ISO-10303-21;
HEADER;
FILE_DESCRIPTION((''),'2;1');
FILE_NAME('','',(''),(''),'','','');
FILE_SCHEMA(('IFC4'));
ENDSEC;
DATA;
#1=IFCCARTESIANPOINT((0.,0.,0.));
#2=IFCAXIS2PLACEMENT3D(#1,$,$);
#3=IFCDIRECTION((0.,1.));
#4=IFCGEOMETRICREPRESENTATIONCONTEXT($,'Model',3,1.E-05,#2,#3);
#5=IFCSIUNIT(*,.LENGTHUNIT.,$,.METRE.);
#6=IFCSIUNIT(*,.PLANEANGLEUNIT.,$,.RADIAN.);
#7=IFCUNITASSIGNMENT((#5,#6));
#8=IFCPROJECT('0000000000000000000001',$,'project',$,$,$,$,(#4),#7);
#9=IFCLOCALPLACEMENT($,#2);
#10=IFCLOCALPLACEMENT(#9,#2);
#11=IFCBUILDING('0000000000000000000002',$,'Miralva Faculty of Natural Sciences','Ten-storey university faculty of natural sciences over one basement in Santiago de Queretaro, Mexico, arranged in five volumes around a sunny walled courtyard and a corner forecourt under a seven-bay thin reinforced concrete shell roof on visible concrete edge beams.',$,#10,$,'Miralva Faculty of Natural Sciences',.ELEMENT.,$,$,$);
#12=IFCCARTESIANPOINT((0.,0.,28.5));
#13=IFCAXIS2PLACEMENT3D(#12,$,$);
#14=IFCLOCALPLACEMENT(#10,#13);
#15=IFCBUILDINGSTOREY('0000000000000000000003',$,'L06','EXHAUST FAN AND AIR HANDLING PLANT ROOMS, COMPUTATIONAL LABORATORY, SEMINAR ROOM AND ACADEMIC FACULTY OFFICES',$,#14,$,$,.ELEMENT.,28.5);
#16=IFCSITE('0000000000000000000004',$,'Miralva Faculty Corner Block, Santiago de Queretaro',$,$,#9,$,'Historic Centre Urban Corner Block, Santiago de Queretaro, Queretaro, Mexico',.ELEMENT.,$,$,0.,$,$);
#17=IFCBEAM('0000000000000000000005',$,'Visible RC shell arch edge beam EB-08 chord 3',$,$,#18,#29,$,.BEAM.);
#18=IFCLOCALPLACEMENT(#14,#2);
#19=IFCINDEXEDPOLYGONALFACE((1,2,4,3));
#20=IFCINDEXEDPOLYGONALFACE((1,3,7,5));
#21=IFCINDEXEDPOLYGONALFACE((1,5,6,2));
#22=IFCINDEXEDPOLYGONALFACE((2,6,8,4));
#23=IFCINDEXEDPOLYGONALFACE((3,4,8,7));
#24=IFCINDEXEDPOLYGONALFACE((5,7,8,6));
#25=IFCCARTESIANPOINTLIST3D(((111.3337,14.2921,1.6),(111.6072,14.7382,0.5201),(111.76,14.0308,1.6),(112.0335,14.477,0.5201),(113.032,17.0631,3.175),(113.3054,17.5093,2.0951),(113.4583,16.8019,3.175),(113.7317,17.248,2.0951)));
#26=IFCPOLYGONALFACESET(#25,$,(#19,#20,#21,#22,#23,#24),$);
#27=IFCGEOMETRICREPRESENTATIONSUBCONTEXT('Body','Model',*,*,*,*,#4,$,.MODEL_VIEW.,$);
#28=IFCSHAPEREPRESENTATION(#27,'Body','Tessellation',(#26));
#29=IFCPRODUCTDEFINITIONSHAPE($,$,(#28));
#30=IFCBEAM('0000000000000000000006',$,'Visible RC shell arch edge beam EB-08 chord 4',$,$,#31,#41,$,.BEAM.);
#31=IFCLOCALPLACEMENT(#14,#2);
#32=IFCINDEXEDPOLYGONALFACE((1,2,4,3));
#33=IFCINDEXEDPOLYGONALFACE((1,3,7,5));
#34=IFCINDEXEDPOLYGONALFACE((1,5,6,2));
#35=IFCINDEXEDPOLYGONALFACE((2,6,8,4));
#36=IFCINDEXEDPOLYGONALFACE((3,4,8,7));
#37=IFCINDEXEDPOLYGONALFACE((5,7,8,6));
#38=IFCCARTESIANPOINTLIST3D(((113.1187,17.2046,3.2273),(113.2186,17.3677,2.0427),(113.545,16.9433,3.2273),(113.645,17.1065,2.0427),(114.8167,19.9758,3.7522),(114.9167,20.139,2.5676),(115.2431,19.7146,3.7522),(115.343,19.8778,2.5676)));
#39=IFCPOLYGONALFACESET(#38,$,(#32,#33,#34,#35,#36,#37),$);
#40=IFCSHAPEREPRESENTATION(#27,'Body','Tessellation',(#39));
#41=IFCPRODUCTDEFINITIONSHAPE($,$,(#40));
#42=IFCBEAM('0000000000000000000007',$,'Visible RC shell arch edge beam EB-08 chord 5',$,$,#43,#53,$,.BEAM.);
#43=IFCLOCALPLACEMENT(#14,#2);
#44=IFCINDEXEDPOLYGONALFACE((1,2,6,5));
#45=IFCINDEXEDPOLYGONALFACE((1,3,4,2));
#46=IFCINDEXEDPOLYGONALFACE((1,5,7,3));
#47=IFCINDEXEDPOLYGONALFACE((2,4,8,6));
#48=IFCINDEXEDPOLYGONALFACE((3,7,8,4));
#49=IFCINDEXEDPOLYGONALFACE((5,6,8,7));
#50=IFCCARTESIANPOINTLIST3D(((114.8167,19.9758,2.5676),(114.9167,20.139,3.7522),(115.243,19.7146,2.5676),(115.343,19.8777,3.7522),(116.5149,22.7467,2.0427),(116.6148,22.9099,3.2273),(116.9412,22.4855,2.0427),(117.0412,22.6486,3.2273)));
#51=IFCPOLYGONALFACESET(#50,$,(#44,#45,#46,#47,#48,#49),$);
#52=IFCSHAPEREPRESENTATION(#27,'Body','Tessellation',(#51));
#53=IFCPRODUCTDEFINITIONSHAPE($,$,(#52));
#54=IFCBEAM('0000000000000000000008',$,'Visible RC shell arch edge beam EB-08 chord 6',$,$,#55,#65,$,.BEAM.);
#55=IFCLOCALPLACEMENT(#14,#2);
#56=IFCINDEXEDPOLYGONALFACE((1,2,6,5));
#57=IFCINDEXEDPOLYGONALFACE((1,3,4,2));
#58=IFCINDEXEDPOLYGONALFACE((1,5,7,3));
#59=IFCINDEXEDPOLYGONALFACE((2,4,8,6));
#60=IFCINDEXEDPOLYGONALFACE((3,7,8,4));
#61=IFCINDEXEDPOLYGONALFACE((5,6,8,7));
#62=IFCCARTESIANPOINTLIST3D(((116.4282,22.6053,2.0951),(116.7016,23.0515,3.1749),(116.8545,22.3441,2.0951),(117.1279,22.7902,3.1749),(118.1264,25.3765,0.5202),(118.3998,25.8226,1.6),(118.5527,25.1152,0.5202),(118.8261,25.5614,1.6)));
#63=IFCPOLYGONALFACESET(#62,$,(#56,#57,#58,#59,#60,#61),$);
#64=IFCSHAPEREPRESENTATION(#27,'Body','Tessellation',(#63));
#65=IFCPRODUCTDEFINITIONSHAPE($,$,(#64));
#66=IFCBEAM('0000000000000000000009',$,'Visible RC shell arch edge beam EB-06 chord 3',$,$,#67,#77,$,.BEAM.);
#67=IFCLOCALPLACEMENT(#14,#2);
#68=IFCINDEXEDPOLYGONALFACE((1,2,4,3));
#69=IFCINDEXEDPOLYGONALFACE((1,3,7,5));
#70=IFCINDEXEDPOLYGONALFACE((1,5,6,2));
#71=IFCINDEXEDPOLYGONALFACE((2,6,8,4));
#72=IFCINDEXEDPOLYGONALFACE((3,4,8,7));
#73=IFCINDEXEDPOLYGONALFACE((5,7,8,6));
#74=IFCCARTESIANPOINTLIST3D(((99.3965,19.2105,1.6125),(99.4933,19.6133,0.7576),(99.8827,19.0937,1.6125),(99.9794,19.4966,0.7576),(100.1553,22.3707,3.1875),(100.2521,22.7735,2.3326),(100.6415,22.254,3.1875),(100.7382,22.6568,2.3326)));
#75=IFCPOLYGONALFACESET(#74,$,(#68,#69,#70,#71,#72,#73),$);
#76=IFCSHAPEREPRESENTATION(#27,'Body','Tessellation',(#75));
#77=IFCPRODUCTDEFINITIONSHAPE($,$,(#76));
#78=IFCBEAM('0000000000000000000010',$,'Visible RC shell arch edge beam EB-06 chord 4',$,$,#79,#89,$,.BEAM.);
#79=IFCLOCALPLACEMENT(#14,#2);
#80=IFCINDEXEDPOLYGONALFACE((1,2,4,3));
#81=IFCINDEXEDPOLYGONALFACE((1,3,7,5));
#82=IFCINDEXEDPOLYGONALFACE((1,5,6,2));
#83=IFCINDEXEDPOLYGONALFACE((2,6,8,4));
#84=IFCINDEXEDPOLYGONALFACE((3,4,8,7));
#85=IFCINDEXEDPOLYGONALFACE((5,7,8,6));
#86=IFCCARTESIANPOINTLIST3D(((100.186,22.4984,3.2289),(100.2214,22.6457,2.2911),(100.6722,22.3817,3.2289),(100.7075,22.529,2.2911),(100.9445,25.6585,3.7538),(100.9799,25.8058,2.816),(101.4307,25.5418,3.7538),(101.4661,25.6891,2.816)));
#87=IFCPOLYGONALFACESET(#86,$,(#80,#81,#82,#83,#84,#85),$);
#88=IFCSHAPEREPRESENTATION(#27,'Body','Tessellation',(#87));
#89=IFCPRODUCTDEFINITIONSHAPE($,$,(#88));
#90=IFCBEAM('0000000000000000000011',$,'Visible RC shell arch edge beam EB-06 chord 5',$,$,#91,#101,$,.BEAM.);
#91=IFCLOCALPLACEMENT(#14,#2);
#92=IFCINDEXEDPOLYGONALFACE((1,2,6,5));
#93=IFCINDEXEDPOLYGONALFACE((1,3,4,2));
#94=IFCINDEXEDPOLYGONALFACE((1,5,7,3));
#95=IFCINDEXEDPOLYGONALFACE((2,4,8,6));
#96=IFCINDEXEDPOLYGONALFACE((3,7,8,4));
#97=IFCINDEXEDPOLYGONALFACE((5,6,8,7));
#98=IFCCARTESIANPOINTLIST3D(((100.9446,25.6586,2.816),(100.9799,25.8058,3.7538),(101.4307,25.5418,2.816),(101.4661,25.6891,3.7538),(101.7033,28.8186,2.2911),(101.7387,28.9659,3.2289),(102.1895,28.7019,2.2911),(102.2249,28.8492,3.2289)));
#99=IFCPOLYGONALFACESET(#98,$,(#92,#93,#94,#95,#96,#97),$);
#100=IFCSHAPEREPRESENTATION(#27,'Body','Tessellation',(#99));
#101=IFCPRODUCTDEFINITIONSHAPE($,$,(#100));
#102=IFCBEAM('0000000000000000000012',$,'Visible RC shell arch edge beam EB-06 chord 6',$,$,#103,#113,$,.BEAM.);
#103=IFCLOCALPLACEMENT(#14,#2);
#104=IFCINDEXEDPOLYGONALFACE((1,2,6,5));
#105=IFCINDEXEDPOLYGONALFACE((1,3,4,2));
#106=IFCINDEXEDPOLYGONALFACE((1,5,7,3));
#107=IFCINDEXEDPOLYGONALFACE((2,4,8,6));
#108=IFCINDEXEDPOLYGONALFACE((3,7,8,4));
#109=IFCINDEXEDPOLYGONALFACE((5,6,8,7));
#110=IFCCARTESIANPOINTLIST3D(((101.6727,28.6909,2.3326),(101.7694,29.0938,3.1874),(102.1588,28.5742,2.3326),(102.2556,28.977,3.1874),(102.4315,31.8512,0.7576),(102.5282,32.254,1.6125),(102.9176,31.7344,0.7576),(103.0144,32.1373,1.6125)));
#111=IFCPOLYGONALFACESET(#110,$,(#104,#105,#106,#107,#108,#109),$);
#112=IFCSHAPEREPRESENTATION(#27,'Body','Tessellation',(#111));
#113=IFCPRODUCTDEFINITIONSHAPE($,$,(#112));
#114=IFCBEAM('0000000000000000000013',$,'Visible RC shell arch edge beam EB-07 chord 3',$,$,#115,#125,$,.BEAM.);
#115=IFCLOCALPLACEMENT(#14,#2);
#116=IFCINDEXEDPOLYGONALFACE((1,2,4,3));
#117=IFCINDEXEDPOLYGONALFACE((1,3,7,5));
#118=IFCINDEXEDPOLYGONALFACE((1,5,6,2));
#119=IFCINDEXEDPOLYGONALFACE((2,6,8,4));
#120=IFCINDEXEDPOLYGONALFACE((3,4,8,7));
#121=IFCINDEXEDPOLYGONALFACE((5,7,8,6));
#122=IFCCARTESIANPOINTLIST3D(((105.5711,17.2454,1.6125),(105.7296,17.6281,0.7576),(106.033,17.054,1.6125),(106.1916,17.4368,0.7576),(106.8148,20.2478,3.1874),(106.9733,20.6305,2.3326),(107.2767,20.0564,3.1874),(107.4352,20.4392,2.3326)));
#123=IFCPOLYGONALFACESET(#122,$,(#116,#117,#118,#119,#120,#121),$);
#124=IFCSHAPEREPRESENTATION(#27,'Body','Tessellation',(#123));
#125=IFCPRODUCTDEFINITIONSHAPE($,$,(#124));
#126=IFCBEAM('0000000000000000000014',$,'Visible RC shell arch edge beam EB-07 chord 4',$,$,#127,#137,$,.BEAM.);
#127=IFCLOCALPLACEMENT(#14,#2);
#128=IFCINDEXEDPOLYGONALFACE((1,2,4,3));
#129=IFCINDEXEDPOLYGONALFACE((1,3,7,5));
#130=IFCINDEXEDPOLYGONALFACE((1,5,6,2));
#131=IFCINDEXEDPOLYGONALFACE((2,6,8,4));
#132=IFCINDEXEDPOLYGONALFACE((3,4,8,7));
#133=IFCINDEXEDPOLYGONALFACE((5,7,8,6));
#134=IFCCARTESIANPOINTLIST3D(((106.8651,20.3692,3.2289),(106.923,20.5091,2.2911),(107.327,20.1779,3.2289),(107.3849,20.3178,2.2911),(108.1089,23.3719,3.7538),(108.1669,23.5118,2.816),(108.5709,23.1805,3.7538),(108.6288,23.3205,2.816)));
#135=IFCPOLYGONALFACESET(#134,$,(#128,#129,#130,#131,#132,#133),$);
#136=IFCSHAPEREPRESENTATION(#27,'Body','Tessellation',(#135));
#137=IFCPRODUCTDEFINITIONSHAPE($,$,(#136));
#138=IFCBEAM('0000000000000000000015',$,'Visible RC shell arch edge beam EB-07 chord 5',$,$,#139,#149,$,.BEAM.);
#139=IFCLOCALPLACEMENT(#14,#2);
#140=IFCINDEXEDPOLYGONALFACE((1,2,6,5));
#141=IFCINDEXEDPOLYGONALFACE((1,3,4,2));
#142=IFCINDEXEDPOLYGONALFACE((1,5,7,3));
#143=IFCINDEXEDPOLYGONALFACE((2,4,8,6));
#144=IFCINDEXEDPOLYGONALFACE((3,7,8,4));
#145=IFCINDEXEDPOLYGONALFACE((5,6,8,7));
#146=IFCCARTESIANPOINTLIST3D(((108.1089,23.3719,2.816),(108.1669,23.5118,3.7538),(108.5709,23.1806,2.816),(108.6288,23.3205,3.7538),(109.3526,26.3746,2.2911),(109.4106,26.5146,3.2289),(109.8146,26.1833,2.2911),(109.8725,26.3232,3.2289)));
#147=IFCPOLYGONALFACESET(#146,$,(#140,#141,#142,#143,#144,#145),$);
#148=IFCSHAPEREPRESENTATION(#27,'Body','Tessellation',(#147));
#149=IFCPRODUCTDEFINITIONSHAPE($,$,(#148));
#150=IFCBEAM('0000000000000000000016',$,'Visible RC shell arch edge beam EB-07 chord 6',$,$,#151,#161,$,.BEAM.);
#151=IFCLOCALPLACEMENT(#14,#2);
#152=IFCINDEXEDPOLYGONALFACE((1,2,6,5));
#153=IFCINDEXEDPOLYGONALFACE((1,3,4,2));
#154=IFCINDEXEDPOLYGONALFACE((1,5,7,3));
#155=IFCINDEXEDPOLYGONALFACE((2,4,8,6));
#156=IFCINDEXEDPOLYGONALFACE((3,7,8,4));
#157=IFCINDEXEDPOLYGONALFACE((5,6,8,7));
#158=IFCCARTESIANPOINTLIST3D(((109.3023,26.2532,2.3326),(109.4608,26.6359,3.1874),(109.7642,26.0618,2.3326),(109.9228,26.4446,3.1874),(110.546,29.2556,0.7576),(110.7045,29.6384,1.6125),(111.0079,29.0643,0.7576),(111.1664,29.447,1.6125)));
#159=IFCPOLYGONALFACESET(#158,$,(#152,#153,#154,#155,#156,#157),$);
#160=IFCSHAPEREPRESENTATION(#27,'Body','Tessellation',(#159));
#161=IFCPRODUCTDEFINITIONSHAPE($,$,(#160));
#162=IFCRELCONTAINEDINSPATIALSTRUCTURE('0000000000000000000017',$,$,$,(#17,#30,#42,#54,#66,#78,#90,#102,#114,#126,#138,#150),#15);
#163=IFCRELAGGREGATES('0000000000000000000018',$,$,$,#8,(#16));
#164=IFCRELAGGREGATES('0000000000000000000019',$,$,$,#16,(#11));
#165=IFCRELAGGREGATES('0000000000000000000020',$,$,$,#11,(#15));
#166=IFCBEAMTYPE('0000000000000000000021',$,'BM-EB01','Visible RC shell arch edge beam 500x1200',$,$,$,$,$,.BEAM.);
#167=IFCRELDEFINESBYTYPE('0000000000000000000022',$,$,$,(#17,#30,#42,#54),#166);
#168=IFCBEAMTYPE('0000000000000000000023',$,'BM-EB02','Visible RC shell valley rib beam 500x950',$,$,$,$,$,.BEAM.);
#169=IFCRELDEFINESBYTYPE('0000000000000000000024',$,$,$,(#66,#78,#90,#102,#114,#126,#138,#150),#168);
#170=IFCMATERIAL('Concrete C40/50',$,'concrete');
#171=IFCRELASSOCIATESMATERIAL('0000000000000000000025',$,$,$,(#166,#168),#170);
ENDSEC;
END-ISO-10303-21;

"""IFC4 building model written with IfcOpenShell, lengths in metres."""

from ifc_helpers import new_model, si_unit, direction, frame, origin, origin_2d, place, context, subcontext, project, spatial, rectangle, extrude, material, material_profile, profile_set, type_object, element, save


model = new_model("IFC4")

# Units and contexts
model_context = context("Model", 3, precision=1e-05, world=origin(), true_north=direction((0.0, 1.0)))
body_context = subcontext(model_context, "Body", "Model", "MODEL_VIEW")
ifc_project = project(units=[si_unit("LENGTHUNIT", "METRE"), si_unit("PLANEANGLEUNIT", "RADIAN")], contexts=[model_context])

# Site, building, storey
site_placement = place(None, origin())
site = spatial("IfcSite", under=ifc_project, at=site_placement, Name="Miralva Faculty Corner Block, Santiago de Queretaro", LongName="Historic Centre Urban Corner Block, Santiago de Queretaro, Queretaro, Mexico", CompositionType="ELEMENT", RefElevation=0.0)
building_placement = place(site_placement, origin())
building = spatial("IfcBuilding", under=site, at=building_placement, Name="Miralva Faculty of Natural Sciences", Description="Ten-storey university faculty of natural sciences over one basement in Santiago de Queretaro, Mexico, arranged in five volumes around a sunny walled courtyard and a corner forecourt under a seven-bay thin reinforced concrete shell roof on visible concrete edge beams.", LongName="Miralva Faculty of Natural Sciences", CompositionType="ELEMENT")
storey_placement = place(building_placement, frame((0.0, 0.0, 28.5)))
storey = spatial("IfcBuildingStorey", under=building, at=storey_placement, Name="L06", Description="EXHAUST FAN AND AIR HANDLING PLANT ROOMS, COMPUTATIONAL LABORATORY, SEMINAR ROOM AND ACADEMIC FACULTY OFFICES", CompositionType="ELEMENT", Elevation=28.5)

# Beams
ifc_material_1 = material(Name="Concrete C40/50", Category="concrete")
ifc_material_profile_1 = material_profile(ifc_material_1, rectangle(XDim=0.5, YDim=1.2, at=origin_2d()), Name="RC 500x1200")
ifc_profile_set_1 = profile_set([ifc_material_profile_1], Name="Concrete C40/50")
beam_type_1 = type_object("IfcBeamType", Name="BM-EB01", Description="Visible RC shell arch edge beam 500x1200", PredefinedType="BEAM", material=ifc_profile_set_1)
beam_1_placement = place(storey_placement, frame((111.6836, 14.3845, 1.0601), z_axis=(0.470232, 0.767271, 0.436094), x_axis=(-0.852616, 0.522537, 0.0)))
element("IfcBeam", 1, at=beam_1_placement, inside=storey, type_object=beam_type_1, Name="Visible RC shell arch edge beam EB-08 chord 3", PredefinedType="BEAM", context=body_context, shape_type="SweptSolid", body=[
    extrude(rectangle(XDim=0.5, YDim=1.2, at=origin_2d()), origin(), (0.0, 0.0, 1.0), 3.6116),
])
beam_2_placement = place(storey_placement, frame((113.3818, 17.1555, 2.635), z_axis=(0.515766, 0.841763, 0.159439), x_axis=(-0.85267, 0.522449, 0.0)))
element("IfcBeam", 2, at=beam_2_placement, inside=storey, type_object=beam_type_1, Name="Visible RC shell arch edge beam EB-08 chord 4", PredefinedType="BEAM", context=body_context, shape_type="SweptSolid", body=[
    extrude(rectangle(XDim=0.5, YDim=1.2, at=origin_2d()), origin(), (0.0, 0.0, 1.0), 3.2922),
])
beam_3_placement = place(storey_placement, frame((115.0798, 19.9268, 3.1599), z_axis=(0.515853, 0.841709, -0.159443), x_axis=(-0.852616, 0.522537, 0.0)))
element("IfcBeam", 3, at=beam_3_placement, inside=storey, type_object=beam_type_1, Name="Visible RC shell arch edge beam EB-08 chord 5", PredefinedType="BEAM", context=body_context, shape_type="SweptSolid", body=[
    extrude(rectangle(XDim=0.5, YDim=1.2, at=origin_2d()), origin(), (0.0, 0.0, 1.0), 3.292),
])
beam_4_placement = place(storey_placement, frame((116.7781, 22.6978, 2.635), z_axis=(0.470208, 0.767298, -0.436071), x_axis=(-0.852637, 0.522504, 0.0)))
element("IfcBeam", 4, at=beam_4_placement, inside=storey, type_object=beam_type_1, Name="Visible RC shell arch edge beam EB-08 chord 6", PredefinedType="BEAM", context=body_context, shape_type="SweptSolid", body=[
    extrude(rectangle(XDim=0.5, YDim=1.2, at=origin_2d()), origin(), (0.0, 0.0, 1.0), 3.6116),
])
ifc_material_profile_2 = material_profile(ifc_material_1, rectangle(XDim=0.5, YDim=0.95, at=origin_2d()), Name="RC 500x950")
ifc_profile_set_2 = profile_set([ifc_material_profile_2], Name="Concrete C40/50")
beam_type_2 = type_object("IfcBeamType", Name="BM-EB02", Description="Visible RC shell valley rib beam 500x950", PredefinedType="BEAM", material=ifc_profile_set_2)
beam_5_placement = place(storey_placement, frame((99.688, 19.3535, 1.1851), z_axis=(0.210104, 0.87503, 0.436095), x_axis=(-0.972363, 0.233475, 0.0)))
element("IfcBeam", 5, at=beam_5_placement, inside=storey, type_object=beam_type_2, Name="Visible RC shell arch edge beam EB-06 chord 3", PredefinedType="BEAM", context=body_context, shape_type="SweptSolid", body=[
    extrude(rectangle(XDim=0.5, YDim=0.95, at=origin_2d()), origin(), (0.0, 0.0, 1.0), 3.6116),
])
for number, where, z_axis, x_axis, name in (
    (6, (100.4468, 22.5137, 2.76), (0.230418, 0.95994, 0.159446), (-0.97238, 0.233404, 0.0), "Visible RC shell arch edge beam EB-06 chord 4"),
    (7, (101.2053, 25.6738, 3.2849), (0.230488, 0.959923, -0.159443), (-0.972363, 0.233475, 0.0), "Visible RC shell arch edge beam EB-06 chord 5"),
):
    element("IfcBeam", number, at=place(storey_placement, frame(where, z_axis=z_axis, x_axis=x_axis)), inside=storey, type_object=beam_type_2, Name=name, PredefinedType="BEAM", context=body_context, shape_type="SweptSolid", body=[
        extrude(rectangle(XDim=0.5, YDim=0.95, at=origin_2d()), origin(), (0.0, 0.0, 1.0), 3.292),
    ])
beam_6_placement = place(storey_placement, frame((101.9641, 28.834, 2.76), z_axis=(0.210104, 0.87503, -0.436095), x_axis=(-0.972363, 0.233475, 0.0)))
element("IfcBeam", 8, at=beam_6_placement, inside=storey, type_object=beam_type_2, Name="Visible RC shell arch edge beam EB-06 chord 6", PredefinedType="BEAM", context=body_context, shape_type="SweptSolid", body=[
    extrude(rectangle(XDim=0.5, YDim=0.95, at=origin_2d()), origin(), (0.0, 0.0, 1.0), 3.6116),
])
beam_7_placement = place(storey_placement, frame((105.8813, 17.3411, 1.1851), z_axis=(0.344374, 0.831392, 0.436112), x_axis=(-0.923879, 0.382684, 0.0)))
element("IfcBeam", 9, at=beam_7_placement, inside=storey, type_object=beam_type_2, Name="Visible RC shell arch edge beam EB-07 chord 3", PredefinedType="BEAM", context=body_context, shape_type="SweptSolid", body=[
    extrude(rectangle(XDim=0.5, YDim=0.95, at=origin_2d()), origin(), (0.0, 0.0, 1.0), 3.6113),
])
for number, where, z_axis, x_axis, name in (
    (10, (107.125, 20.3435, 2.76), (0.377825, 0.912046, 0.159436), (-0.923864, 0.382721, 0.0), "Visible RC shell arch edge beam EB-07 chord 4"),
    (11, (108.3689, 23.3462, 3.2849), (0.377762, 0.912072, -0.15944), (-0.92389, 0.382657, 0.0), "Visible RC shell arch edge beam EB-07 chord 5"),
):
    element("IfcBeam", number, at=place(storey_placement, frame(where, z_axis=z_axis, x_axis=x_axis)), inside=storey, type_object=beam_type_2, Name=name, PredefinedType="BEAM", context=body_context, shape_type="SweptSolid", body=[
        extrude(rectangle(XDim=0.5, YDim=0.95, at=origin_2d()), origin(), (0.0, 0.0, 1.0), 3.2922),
    ])
beam_8_placement = place(storey_placement, frame((109.6125, 26.3489, 2.76), z_axis=(0.344374, 0.831392, -0.436112), x_axis=(-0.923879, 0.382684, 0.0)))
element("IfcBeam", 12, at=beam_8_placement, inside=storey, type_object=beam_type_2, Name="Visible RC shell arch edge beam EB-07 chord 6", PredefinedType="BEAM", context=body_context, shape_type="SweptSolid", body=[
    extrude(rectangle(XDim=0.5, YDim=0.95, at=origin_2d()), origin(), (0.0, 0.0, 1.0), 3.6113),
])

save(model, "model.ifc")
